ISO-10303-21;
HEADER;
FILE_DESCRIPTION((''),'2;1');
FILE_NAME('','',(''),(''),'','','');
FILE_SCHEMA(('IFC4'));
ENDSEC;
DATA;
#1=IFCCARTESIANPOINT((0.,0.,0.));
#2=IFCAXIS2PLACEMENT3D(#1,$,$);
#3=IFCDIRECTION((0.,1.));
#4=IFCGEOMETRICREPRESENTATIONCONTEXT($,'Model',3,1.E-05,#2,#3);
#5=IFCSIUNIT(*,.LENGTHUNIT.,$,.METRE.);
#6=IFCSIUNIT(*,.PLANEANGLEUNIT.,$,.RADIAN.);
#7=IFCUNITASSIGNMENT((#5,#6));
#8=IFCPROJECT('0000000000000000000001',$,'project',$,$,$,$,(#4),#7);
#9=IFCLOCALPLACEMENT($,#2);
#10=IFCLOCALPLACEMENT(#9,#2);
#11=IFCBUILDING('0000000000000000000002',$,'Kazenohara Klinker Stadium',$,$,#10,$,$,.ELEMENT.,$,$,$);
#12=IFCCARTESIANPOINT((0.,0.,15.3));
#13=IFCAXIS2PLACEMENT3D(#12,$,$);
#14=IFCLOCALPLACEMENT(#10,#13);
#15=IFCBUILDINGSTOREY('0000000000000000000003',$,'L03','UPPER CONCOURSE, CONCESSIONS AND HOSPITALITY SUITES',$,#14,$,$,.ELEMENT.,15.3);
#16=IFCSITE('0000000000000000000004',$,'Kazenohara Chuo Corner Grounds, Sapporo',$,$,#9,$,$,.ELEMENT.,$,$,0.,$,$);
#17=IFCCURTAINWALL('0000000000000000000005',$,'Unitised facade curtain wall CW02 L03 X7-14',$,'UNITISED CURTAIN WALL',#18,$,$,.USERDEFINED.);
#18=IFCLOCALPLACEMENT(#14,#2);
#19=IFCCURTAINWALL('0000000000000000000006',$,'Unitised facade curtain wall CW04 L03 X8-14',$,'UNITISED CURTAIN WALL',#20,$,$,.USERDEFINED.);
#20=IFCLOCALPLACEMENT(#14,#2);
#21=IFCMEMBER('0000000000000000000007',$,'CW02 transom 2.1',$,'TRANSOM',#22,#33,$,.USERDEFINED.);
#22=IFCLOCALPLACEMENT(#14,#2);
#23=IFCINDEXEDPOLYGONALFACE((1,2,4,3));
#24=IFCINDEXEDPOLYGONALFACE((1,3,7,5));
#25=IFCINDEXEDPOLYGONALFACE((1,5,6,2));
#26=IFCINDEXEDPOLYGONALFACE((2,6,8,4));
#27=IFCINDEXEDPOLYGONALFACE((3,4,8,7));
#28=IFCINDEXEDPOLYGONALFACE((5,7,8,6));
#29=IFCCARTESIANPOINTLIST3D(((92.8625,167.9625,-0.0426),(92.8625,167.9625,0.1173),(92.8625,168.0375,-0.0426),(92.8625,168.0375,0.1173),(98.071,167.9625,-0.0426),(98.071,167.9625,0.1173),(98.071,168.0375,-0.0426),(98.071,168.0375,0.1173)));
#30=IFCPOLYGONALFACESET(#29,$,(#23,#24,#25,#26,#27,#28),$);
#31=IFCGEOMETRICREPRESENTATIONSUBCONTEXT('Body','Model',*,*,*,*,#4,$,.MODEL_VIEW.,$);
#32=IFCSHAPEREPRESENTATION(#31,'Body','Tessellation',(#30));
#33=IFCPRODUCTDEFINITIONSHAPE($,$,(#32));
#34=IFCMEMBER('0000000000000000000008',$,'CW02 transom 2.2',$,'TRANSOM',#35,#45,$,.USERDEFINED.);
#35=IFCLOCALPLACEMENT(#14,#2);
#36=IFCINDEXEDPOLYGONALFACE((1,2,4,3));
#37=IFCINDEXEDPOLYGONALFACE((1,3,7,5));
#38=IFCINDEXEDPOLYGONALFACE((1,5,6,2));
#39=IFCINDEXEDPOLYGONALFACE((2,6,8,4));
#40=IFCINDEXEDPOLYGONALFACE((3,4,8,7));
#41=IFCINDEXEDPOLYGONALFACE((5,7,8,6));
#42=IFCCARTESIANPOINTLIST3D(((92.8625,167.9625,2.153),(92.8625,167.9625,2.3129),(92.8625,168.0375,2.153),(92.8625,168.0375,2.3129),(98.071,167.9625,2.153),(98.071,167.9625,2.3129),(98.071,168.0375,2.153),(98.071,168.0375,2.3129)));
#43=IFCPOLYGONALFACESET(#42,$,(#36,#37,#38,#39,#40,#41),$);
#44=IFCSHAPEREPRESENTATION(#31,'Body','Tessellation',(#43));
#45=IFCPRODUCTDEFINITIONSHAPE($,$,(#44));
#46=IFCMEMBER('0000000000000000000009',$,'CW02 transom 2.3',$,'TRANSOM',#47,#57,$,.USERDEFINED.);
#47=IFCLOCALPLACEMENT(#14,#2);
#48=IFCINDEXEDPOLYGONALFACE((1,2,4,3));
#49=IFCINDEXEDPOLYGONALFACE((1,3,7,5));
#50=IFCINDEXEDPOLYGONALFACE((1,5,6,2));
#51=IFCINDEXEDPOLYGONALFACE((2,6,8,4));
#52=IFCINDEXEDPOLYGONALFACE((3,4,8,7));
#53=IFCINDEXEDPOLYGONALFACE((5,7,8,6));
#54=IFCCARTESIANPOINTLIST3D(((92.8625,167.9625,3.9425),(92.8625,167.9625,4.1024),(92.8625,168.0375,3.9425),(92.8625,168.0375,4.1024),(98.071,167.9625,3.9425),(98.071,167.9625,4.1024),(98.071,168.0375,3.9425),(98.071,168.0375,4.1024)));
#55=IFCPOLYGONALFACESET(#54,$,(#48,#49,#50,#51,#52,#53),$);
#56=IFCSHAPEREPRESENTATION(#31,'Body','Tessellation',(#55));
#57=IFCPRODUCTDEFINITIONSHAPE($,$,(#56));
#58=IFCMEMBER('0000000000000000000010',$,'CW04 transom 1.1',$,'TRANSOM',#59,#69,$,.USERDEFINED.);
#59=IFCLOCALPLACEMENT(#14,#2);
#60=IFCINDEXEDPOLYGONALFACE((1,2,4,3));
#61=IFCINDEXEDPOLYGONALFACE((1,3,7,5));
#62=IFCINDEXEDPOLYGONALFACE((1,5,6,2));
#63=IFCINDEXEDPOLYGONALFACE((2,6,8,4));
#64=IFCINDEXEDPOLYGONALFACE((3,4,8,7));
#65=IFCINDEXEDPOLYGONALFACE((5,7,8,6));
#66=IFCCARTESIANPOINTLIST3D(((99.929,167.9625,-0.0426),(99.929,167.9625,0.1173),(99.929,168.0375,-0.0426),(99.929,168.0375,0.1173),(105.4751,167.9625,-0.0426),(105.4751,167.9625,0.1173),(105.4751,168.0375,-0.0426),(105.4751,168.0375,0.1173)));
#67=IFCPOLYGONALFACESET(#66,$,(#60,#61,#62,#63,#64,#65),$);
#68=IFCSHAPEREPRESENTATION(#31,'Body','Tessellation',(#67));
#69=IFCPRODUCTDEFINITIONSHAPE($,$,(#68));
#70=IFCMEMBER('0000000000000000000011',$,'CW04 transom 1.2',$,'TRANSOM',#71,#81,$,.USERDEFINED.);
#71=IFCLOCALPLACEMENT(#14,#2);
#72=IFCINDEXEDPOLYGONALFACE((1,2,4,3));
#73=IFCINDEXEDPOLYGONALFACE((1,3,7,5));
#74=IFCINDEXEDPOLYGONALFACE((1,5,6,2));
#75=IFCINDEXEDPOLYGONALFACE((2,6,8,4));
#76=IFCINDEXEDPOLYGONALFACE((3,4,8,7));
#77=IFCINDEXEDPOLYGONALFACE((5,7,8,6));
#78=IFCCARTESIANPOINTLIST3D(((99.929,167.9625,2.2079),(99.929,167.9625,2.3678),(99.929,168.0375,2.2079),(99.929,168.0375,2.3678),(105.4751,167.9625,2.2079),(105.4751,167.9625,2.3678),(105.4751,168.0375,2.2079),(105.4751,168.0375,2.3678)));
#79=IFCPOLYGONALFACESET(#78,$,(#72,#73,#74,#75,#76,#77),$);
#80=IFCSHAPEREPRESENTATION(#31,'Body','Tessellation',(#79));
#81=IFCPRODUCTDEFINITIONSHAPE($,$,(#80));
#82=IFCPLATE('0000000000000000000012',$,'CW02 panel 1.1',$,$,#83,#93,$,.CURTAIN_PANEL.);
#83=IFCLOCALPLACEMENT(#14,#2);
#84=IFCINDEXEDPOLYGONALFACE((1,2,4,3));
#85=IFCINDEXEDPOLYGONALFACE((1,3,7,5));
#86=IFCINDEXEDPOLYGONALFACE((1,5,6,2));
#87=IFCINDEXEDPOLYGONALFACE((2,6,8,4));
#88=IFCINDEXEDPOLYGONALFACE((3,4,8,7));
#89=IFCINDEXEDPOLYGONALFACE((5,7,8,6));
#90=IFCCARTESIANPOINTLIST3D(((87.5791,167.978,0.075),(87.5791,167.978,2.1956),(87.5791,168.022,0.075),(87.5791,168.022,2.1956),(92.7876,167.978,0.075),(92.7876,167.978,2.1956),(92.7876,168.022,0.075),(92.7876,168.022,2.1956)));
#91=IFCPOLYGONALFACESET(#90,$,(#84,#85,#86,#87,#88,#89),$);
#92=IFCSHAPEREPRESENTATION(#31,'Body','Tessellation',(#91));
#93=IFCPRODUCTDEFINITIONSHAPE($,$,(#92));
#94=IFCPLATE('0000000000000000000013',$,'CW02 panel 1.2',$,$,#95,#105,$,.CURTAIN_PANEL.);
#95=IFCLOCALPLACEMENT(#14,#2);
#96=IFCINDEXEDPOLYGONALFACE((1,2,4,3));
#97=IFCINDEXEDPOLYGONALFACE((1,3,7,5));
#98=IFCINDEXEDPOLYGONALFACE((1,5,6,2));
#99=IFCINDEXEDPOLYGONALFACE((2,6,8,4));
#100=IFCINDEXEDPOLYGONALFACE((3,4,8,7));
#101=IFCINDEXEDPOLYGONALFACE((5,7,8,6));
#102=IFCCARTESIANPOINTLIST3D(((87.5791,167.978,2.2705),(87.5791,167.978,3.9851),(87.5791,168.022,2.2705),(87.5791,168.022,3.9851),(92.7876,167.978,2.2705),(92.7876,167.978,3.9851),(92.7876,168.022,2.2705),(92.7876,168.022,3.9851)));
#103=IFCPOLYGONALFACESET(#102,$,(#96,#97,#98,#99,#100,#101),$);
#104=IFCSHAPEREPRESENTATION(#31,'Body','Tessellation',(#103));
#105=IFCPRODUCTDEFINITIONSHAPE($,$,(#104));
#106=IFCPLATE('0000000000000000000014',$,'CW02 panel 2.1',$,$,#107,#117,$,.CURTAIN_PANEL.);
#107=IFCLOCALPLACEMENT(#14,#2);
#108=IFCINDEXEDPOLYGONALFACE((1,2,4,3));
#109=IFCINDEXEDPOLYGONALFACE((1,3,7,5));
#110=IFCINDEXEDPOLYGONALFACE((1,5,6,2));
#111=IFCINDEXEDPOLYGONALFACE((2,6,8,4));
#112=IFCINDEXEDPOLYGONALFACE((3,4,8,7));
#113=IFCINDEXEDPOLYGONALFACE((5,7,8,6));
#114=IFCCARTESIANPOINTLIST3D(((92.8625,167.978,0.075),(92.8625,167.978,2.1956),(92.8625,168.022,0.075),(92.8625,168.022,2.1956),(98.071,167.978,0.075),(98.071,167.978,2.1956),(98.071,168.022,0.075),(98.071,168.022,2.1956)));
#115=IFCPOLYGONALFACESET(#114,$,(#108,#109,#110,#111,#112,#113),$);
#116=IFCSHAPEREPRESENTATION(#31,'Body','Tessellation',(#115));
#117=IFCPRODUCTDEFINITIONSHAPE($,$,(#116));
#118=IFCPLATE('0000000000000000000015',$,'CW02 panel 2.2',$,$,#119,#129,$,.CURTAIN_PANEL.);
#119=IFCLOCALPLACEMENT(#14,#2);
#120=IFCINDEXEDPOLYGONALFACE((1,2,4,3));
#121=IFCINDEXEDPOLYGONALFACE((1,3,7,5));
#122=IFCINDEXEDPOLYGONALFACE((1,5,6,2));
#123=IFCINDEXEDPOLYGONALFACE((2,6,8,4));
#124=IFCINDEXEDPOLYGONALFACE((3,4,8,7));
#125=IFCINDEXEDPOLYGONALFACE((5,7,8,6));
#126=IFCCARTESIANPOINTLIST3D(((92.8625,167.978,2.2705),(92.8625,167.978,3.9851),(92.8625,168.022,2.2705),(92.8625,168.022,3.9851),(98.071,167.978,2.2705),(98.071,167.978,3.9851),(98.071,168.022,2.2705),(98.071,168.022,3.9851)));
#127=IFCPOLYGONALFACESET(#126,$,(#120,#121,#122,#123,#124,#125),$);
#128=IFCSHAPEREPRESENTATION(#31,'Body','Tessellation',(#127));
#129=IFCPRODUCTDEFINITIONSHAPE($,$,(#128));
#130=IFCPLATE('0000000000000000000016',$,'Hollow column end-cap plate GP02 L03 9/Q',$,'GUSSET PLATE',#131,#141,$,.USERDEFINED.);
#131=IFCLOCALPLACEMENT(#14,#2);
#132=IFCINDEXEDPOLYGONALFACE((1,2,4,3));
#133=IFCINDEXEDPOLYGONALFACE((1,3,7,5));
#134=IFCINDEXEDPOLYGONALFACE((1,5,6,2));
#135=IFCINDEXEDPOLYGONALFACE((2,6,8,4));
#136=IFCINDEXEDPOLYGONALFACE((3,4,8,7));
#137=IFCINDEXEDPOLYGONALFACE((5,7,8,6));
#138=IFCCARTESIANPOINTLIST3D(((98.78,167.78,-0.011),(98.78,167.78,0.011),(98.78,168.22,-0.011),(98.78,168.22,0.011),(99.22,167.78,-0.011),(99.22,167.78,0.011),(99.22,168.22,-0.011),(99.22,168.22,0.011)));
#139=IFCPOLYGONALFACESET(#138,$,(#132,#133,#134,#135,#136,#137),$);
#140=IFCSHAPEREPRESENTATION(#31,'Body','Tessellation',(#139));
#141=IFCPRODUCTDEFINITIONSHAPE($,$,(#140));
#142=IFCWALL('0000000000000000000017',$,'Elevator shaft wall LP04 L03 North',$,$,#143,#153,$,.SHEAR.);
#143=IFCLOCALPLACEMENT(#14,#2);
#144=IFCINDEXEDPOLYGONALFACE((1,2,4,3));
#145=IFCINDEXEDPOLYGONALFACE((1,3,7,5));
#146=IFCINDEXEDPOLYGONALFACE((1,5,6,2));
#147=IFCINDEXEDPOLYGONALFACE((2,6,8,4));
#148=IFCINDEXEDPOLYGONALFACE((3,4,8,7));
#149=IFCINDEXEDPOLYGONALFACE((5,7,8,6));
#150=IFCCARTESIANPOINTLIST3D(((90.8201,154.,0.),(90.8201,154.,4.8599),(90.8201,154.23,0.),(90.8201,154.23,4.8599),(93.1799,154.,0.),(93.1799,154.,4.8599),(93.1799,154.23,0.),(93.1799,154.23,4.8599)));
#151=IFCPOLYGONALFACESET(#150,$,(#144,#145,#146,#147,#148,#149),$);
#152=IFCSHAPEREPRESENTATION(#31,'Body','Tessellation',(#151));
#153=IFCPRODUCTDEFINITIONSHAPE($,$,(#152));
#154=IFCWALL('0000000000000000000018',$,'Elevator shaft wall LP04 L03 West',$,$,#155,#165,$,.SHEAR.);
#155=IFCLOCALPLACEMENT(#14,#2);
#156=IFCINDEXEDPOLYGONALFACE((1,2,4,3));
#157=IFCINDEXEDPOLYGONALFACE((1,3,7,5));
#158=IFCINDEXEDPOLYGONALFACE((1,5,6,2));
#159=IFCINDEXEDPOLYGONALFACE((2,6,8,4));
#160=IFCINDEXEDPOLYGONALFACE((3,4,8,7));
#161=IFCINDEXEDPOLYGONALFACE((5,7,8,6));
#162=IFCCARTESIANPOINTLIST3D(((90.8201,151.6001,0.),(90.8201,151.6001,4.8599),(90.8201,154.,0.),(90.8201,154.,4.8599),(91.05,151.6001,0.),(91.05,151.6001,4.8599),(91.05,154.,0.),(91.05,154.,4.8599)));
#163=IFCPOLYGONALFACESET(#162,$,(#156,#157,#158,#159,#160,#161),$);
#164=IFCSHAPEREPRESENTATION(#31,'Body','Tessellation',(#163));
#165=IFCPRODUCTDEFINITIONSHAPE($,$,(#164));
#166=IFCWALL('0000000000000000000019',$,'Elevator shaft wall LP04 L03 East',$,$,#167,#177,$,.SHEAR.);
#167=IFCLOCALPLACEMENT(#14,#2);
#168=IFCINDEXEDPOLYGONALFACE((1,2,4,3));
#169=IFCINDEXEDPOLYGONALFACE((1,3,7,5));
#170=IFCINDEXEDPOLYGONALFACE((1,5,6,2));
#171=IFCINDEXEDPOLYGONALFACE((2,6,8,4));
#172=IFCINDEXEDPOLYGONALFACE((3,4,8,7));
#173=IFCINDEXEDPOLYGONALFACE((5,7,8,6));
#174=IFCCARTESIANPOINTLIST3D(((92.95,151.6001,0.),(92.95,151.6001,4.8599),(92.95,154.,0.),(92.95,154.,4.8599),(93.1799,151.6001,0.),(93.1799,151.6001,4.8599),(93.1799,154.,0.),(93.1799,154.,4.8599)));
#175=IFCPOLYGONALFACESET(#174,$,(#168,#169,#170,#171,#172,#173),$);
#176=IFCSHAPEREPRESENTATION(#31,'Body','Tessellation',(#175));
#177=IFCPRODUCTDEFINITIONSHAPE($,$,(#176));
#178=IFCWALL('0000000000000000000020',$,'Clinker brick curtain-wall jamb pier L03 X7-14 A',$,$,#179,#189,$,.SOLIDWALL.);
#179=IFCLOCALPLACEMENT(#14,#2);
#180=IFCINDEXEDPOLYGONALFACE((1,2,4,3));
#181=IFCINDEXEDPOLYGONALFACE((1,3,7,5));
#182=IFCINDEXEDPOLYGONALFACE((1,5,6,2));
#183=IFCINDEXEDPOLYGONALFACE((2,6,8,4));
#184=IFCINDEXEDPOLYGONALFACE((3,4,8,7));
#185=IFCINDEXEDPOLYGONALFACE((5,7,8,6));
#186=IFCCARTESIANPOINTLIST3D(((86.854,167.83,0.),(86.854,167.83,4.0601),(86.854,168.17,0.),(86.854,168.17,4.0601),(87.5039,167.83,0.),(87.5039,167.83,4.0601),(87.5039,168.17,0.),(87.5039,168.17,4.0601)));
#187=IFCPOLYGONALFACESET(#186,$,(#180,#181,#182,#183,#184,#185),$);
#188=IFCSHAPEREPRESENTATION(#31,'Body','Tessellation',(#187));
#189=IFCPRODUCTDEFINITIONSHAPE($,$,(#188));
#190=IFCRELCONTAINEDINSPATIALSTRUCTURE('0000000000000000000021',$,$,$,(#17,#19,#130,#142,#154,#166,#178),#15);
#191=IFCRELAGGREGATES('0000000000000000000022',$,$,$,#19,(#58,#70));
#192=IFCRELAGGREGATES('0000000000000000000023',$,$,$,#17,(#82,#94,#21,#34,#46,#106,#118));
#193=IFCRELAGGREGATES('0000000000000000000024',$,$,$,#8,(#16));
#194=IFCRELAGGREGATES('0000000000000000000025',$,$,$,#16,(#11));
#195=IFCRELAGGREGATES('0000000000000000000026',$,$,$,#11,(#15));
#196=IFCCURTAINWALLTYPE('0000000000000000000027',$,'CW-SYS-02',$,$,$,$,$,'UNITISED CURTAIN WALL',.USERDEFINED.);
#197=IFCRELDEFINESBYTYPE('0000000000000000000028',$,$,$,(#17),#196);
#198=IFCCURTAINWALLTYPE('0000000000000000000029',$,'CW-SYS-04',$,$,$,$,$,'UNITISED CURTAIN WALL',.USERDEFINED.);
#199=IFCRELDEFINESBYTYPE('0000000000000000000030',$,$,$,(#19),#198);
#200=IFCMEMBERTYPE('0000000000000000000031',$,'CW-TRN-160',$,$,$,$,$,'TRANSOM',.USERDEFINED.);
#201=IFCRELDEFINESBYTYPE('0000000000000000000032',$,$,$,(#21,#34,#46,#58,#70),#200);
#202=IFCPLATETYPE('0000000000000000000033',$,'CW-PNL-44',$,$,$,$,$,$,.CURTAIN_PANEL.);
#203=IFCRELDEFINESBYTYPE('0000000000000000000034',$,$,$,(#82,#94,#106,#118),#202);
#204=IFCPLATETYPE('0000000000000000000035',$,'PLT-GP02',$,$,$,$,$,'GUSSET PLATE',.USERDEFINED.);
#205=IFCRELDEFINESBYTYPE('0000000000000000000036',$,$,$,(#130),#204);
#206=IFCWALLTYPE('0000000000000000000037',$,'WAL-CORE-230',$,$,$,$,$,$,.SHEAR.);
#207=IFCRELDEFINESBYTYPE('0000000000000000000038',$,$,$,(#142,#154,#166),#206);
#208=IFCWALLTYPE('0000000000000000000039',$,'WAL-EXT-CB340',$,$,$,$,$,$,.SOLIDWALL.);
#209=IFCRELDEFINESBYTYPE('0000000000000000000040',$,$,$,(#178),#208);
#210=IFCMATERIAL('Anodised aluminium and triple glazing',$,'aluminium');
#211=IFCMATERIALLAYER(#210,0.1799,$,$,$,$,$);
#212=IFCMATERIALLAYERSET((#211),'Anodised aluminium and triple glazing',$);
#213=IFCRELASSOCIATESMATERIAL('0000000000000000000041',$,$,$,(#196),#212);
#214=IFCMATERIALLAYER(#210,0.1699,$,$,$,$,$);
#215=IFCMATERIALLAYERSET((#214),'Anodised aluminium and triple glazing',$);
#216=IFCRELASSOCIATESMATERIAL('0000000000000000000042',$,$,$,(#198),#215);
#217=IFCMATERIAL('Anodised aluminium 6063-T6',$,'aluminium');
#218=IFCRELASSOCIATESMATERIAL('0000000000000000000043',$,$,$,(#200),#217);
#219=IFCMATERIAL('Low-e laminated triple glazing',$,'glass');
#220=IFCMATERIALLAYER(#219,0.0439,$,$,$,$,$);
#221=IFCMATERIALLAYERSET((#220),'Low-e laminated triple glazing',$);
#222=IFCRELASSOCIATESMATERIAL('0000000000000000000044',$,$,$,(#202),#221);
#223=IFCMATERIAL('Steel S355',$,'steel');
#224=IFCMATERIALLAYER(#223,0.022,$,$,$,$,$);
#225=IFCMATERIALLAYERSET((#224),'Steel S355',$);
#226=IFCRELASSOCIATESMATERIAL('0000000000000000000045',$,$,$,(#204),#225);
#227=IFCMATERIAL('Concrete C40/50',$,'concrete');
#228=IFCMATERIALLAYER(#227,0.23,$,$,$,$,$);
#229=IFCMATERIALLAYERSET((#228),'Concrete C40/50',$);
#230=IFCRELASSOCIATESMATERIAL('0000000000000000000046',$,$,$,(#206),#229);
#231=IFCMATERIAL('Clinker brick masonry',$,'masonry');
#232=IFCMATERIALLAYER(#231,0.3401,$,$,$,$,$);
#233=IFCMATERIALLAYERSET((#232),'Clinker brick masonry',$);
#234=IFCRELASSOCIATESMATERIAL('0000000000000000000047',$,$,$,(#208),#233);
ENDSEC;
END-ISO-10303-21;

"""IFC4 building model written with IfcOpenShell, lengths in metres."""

from ifc_helpers import new_model, si_unit, direction, frame, frame_2d, origin, origin_2d, place, context, subcontext, project, spatial, rectangle, extrude, material, layer, layer_set, material_profile, profile_set, type_object, element, aggregate, save


model = new_model("IFC4")

# Units and contexts
model_context = context("Model", 3, precision=1e-05, world=origin(), true_north=direction((0.0, 1.0)))
body_context = subcontext(model_context, "Body", "Model", "MODEL_VIEW")
ifc_project = project(units=[si_unit("LENGTHUNIT", "METRE"), si_unit("PLANEANGLEUNIT", "RADIAN")], contexts=[model_context])

# Site, building, storey
site_placement = place(None, origin())
site = spatial("IfcSite", under=ifc_project, at=site_placement, Name="Kazenohara Chuo Corner Grounds, Sapporo", CompositionType="ELEMENT", RefElevation=0.0)
building_placement = place(site_placement, origin())
building = spatial("IfcBuilding", under=site, at=building_placement, Name="Kazenohara Klinker Stadium", CompositionType="ELEMENT")
storey_placement = place(building_placement, frame((0.0, 0.0, 15.3)))
storey = spatial("IfcBuildingStorey", under=building, at=storey_placement, Name="L03", Description="UPPER CONCOURSE, CONCESSIONS AND HOSPITALITY SUITES", CompositionType="ELEMENT", Elevation=15.3)

# Shared definitions
ifc_material_1 = material(Name="Concrete C40/50", Category="concrete")
ifc_material_2 = material(Name="Steel S355", Category="steel")

# Curtain wall
ifc_material_3 = material(Name="Anodised aluminium and triple glazing", Category="aluminium")
ifc_layer_1 = layer(ifc_material_3, 0.1799)
ifc_layer_set_1 = layer_set([ifc_layer_1], Name="Anodised aluminium and triple glazing")
curtain_wall_type_1 = type_object("IfcCurtainWallType", Name="CW-SYS-02", ElementType="UNITISED CURTAIN WALL", PredefinedType="USERDEFINED", material=ifc_layer_set_1)
curtain_wall_1_placement = place(storey_placement, origin())
curtain_wall_1 = element("IfcCurtainWall", 1, at=curtain_wall_1_placement, inside=storey, type_object=curtain_wall_type_1, Name="Unitised facade curtain wall CW02 L03 X7-14", ObjectType="UNITISED CURTAIN WALL", PredefinedType="USERDEFINED")
ifc_material_4 = material(Name="Anodised aluminium 6063-T6", Category="aluminium")

# Curtain wall
ifc_layer_2 = layer(ifc_material_3, 0.1699)
ifc_layer_set_2 = layer_set([ifc_layer_2], Name="Anodised aluminium and triple glazing")
curtain_wall_type_2 = type_object("IfcCurtainWallType", Name="CW-SYS-04", ElementType="UNITISED CURTAIN WALL", PredefinedType="USERDEFINED", material=ifc_layer_set_2)
curtain_wall_2_placement = place(storey_placement, origin())
curtain_wall_2 = element("IfcCurtainWall", 2, at=curtain_wall_2_placement, inside=storey, type_object=curtain_wall_type_2, Name="Unitised facade curtain wall CW04 L03 X8-14", ObjectType="UNITISED CURTAIN WALL", PredefinedType="USERDEFINED")

# Members
ifc_material_profile_1 = material_profile(ifc_material_4, rectangle(XDim=0.075, YDim=0.1599, at=origin_2d()), Name="ALU-TRN-75x160")
ifc_profile_set_1 = profile_set([ifc_material_profile_1], Name="Anodised aluminium 6063-T6")
member_type_1 = type_object("IfcMemberType", Name="CW-TRN-160", ElementType="TRANSOM", PredefinedType="USERDEFINED", material=ifc_profile_set_1)
member_1_placement = place(storey_placement, frame((92.8625, 168.0, 0.0374), z_axis=(1.0, 0.0, 0.0), x_axis=(0.0, 1.0, 0.0)))
member_1 = element("IfcMember", 3, at=member_1_placement, type_object=member_type_1, Name="CW02 transom 2.1", ObjectType="TRANSOM", PredefinedType="USERDEFINED", context=body_context, shape_type="SweptSolid", body=[
    extrude(rectangle(XDim=0.075, YDim=0.1599, at=origin_2d()), origin(), (0.0, 0.0, 1.0), 5.2085),
])
member_2_placement = place(storey_placement, frame((92.8625, 168.0, 2.2329), z_axis=(1.0, 0.0, 0.0), x_axis=(0.0, 1.0, 0.0)))
member_2 = element("IfcMember", 4, at=member_2_placement, type_object=member_type_1, Name="CW02 transom 2.2", ObjectType="TRANSOM", PredefinedType="USERDEFINED", context=body_context, shape_type="SweptSolid", body=[
    extrude(rectangle(XDim=0.075, YDim=0.1599, at=origin_2d()), origin(), (0.0, 0.0, 1.0), 5.2085),
])
member_3_placement = place(storey_placement, frame((92.8625, 168.0, 4.0225), z_axis=(1.0, 0.0, 0.0), x_axis=(0.0, 1.0, 0.0)))
member_3 = element("IfcMember", 5, at=member_3_placement, type_object=member_type_1, Name="CW02 transom 2.3", ObjectType="TRANSOM", PredefinedType="USERDEFINED", context=body_context, shape_type="SweptSolid", body=[
    extrude(rectangle(XDim=0.075, YDim=0.1599, at=origin_2d()), origin(), (0.0, 0.0, 1.0), 5.2085),
])
member_4_placement = place(storey_placement, frame((99.929, 168.0, 0.0374), z_axis=(1.0, 0.0, 0.0), x_axis=(0.0, 1.0, 0.0)))
member_4 = element("IfcMember", 6, at=member_4_placement, type_object=member_type_1, Name="CW04 transom 1.1", ObjectType="TRANSOM", PredefinedType="USERDEFINED", context=body_context, shape_type="SweptSolid", body=[
    extrude(rectangle(XDim=0.075, YDim=0.1599, at=origin_2d()), origin(), (0.0, 0.0, 1.0), 5.5461),
])
member_5_placement = place(storey_placement, frame((99.929, 168.0, 2.2878), z_axis=(1.0, 0.0, 0.0), x_axis=(0.0, 1.0, 0.0)))
member_5 = element("IfcMember", 7, at=member_5_placement, type_object=member_type_1, Name="CW04 transom 1.2", ObjectType="TRANSOM", PredefinedType="USERDEFINED", context=body_context, shape_type="SweptSolid", body=[
    extrude(rectangle(XDim=0.075, YDim=0.1599, at=origin_2d()), origin(), (0.0, 0.0, 1.0), 5.5461),
])
aggregate(curtain_wall_2, [member_4, member_5])

# Plates
ifc_material_5 = material(Name="Low-e laminated triple glazing", Category="glass")
ifc_layer_3 = layer(ifc_material_5, 0.0439)
ifc_layer_set_3 = layer_set([ifc_layer_3], Name="Low-e laminated triple glazing")
plate_type_1 = type_object("IfcPlateType", Name="CW-PNL-44", PredefinedType="CURTAIN_PANEL", material=ifc_layer_set_3)
plate_1_placement = place(storey_placement, frame((90.1833, 168.0, 0.075), z_axis=(0.0, 0.0, 1.0), x_axis=(1.0, 0.0, 0.0)))
plate_1 = element("IfcPlate", 8, at=plate_1_placement, type_object=plate_type_1, Name="CW02 panel 1.1", PredefinedType="CURTAIN_PANEL", context=body_context, shape_type="SweptSolid", body=[
    extrude(rectangle(XDim=5.2085, YDim=0.0439, at=origin_2d()), origin(), (0.0, 0.0, 1.0), 2.1206),
])
plate_2_placement = place(storey_placement, frame((90.1833, 168.0, 2.2705), z_axis=(0.0, 0.0, 1.0), x_axis=(1.0, 0.0, 0.0)))
plate_2 = element("IfcPlate", 9, at=plate_2_placement, type_object=plate_type_1, Name="CW02 panel 1.2", PredefinedType="CURTAIN_PANEL", context=body_context, shape_type="SweptSolid", body=[
    extrude(rectangle(XDim=5.2085, YDim=0.0439, at=origin_2d()), origin(), (0.0, 0.0, 1.0), 1.7146),
])
plate_3_placement = place(storey_placement, frame((95.4668, 168.0, 0.075), z_axis=(0.0, 0.0, 1.0), x_axis=(1.0, 0.0, 0.0)))
plate_3 = element("IfcPlate", 10, at=plate_3_placement, type_object=plate_type_1, Name="CW02 panel 2.1", PredefinedType="CURTAIN_PANEL", context=body_context, shape_type="SweptSolid", body=[
    extrude(rectangle(XDim=5.2085, YDim=0.0439, at=origin_2d()), origin(), (0.0, 0.0, 1.0), 2.1206),
])
plate_4_placement = place(storey_placement, frame((95.4668, 168.0, 2.2705), z_axis=(0.0, 0.0, 1.0), x_axis=(1.0, 0.0, 0.0)))
plate_4 = element("IfcPlate", 11, at=plate_4_placement, type_object=plate_type_1, Name="CW02 panel 2.2", PredefinedType="CURTAIN_PANEL", context=body_context, shape_type="SweptSolid", body=[
    extrude(rectangle(XDim=5.2085, YDim=0.0439, at=origin_2d()), origin(), (0.0, 0.0, 1.0), 1.7146),
])
aggregate(curtain_wall_1, [plate_1, plate_2, member_1, member_2, member_3, plate_3, plate_4])
ifc_layer_4 = layer(ifc_material_2, 0.022)
ifc_layer_set_4 = layer_set([ifc_layer_4], Name="Steel S355")
plate_type_2 = type_object("IfcPlateType", Name="PLT-GP02", ElementType="GUSSET PLATE", PredefinedType="USERDEFINED", material=ifc_layer_set_4)
plate_5_placement = place(storey_placement, frame((99.0, 168.0, -0.011), z_axis=(0.0, 0.0, 1.0), x_axis=(1.0, 0.0, 0.0)))
element("IfcPlate", 12, at=plate_5_placement, inside=storey, type_object=plate_type_2, Name="Hollow column end-cap plate GP02 L03 9/Q", ObjectType="GUSSET PLATE", PredefinedType="USERDEFINED", context=body_context, shape_type="SweptSolid", body=[
    extrude(rectangle(XDim=0.4399, YDim=0.4399, at=origin_2d()), origin(), (0.0, 0.0, 1.0), 0.022),
])

# Shared definitions
ifc_layer_5 = layer(ifc_material_1, 0.23)
ifc_layer_set_5 = layer_set([ifc_layer_5], Name="Concrete C40/50")
wall_type_1 = type_object("IfcWallType", Name="WAL-CORE-230", PredefinedType="SHEAR", material=ifc_layer_set_5)

# Walls
wall_1_placement = place(storey_placement, frame((90.8201, 154.115, 0.0), z_axis=(0.0, 0.0, 1.0), x_axis=(1.0, 0.0, 0.0)))
element("IfcWall", 13, at=wall_1_placement, inside=storey, type_object=wall_type_1, Name="Elevator shaft wall LP04 L03 North", PredefinedType="SHEAR", context=body_context, shape_type="SweptSolid", body=[
    extrude(rectangle(XDim=2.3599, YDim=0.23, at=frame_2d((1.1799, 0.0))), origin(), (0.0, 0.0, 1.0), 4.8599),
])
for number, where, z_axis, x_axis, name in (
    (14, (90.9351, 151.6001, 0.0), (0.0, 0.0, 1.0), (0.0, 1.0, 0.0), "Elevator shaft wall LP04 L03 West"),
    (15, (93.0649, 151.6001, 0.0), (0.0, 0.0, 1.0), (0.0, 1.0, 0.0), "Elevator shaft wall LP04 L03 East"),
):
    element("IfcWall", number, at=place(storey_placement, frame(where, z_axis=z_axis, x_axis=x_axis)), inside=storey, type_object=wall_type_1, Name=name, PredefinedType="SHEAR", context=body_context, shape_type="SweptSolid", body=[
        extrude(rectangle(XDim=2.3999, YDim=0.23, at=frame_2d((1.2, 0.0))), origin(), (0.0, 0.0, 1.0), 4.8599),
    ])
ifc_material_6 = material(Name="Clinker brick masonry", Category="masonry")
ifc_layer_6 = layer(ifc_material_6, 0.3401)
ifc_layer_set_6 = layer_set([ifc_layer_6], Name="Clinker brick masonry")
wall_type_2 = type_object("IfcWallType", Name="WAL-EXT-CB340", PredefinedType="SOLIDWALL", material=ifc_layer_set_6)
for number, where, z_axis, x_axis, name in (
    (16, (86.854, 168.0, 0.0), (0.0, 0.0, 1.0), (1.0, 0.0, 0.0), "Clinker brick curtain-wall jamb pier L03 X7-14 A"),
):
    element("IfcWall", number, at=place(storey_placement, frame(where, z_axis=z_axis, x_axis=x_axis)), inside=storey, type_object=wall_type_2, Name=name, PredefinedType="SOLIDWALL", context=body_context, shape_type="SweptSolid", body=[
        extrude(rectangle(XDim=0.6499, YDim=0.3401, at=frame_2d((0.325, 0.0))), origin(), (0.0, 0.0, 1.0), 4.0601),
    ])

save(model, "model.ifc")
